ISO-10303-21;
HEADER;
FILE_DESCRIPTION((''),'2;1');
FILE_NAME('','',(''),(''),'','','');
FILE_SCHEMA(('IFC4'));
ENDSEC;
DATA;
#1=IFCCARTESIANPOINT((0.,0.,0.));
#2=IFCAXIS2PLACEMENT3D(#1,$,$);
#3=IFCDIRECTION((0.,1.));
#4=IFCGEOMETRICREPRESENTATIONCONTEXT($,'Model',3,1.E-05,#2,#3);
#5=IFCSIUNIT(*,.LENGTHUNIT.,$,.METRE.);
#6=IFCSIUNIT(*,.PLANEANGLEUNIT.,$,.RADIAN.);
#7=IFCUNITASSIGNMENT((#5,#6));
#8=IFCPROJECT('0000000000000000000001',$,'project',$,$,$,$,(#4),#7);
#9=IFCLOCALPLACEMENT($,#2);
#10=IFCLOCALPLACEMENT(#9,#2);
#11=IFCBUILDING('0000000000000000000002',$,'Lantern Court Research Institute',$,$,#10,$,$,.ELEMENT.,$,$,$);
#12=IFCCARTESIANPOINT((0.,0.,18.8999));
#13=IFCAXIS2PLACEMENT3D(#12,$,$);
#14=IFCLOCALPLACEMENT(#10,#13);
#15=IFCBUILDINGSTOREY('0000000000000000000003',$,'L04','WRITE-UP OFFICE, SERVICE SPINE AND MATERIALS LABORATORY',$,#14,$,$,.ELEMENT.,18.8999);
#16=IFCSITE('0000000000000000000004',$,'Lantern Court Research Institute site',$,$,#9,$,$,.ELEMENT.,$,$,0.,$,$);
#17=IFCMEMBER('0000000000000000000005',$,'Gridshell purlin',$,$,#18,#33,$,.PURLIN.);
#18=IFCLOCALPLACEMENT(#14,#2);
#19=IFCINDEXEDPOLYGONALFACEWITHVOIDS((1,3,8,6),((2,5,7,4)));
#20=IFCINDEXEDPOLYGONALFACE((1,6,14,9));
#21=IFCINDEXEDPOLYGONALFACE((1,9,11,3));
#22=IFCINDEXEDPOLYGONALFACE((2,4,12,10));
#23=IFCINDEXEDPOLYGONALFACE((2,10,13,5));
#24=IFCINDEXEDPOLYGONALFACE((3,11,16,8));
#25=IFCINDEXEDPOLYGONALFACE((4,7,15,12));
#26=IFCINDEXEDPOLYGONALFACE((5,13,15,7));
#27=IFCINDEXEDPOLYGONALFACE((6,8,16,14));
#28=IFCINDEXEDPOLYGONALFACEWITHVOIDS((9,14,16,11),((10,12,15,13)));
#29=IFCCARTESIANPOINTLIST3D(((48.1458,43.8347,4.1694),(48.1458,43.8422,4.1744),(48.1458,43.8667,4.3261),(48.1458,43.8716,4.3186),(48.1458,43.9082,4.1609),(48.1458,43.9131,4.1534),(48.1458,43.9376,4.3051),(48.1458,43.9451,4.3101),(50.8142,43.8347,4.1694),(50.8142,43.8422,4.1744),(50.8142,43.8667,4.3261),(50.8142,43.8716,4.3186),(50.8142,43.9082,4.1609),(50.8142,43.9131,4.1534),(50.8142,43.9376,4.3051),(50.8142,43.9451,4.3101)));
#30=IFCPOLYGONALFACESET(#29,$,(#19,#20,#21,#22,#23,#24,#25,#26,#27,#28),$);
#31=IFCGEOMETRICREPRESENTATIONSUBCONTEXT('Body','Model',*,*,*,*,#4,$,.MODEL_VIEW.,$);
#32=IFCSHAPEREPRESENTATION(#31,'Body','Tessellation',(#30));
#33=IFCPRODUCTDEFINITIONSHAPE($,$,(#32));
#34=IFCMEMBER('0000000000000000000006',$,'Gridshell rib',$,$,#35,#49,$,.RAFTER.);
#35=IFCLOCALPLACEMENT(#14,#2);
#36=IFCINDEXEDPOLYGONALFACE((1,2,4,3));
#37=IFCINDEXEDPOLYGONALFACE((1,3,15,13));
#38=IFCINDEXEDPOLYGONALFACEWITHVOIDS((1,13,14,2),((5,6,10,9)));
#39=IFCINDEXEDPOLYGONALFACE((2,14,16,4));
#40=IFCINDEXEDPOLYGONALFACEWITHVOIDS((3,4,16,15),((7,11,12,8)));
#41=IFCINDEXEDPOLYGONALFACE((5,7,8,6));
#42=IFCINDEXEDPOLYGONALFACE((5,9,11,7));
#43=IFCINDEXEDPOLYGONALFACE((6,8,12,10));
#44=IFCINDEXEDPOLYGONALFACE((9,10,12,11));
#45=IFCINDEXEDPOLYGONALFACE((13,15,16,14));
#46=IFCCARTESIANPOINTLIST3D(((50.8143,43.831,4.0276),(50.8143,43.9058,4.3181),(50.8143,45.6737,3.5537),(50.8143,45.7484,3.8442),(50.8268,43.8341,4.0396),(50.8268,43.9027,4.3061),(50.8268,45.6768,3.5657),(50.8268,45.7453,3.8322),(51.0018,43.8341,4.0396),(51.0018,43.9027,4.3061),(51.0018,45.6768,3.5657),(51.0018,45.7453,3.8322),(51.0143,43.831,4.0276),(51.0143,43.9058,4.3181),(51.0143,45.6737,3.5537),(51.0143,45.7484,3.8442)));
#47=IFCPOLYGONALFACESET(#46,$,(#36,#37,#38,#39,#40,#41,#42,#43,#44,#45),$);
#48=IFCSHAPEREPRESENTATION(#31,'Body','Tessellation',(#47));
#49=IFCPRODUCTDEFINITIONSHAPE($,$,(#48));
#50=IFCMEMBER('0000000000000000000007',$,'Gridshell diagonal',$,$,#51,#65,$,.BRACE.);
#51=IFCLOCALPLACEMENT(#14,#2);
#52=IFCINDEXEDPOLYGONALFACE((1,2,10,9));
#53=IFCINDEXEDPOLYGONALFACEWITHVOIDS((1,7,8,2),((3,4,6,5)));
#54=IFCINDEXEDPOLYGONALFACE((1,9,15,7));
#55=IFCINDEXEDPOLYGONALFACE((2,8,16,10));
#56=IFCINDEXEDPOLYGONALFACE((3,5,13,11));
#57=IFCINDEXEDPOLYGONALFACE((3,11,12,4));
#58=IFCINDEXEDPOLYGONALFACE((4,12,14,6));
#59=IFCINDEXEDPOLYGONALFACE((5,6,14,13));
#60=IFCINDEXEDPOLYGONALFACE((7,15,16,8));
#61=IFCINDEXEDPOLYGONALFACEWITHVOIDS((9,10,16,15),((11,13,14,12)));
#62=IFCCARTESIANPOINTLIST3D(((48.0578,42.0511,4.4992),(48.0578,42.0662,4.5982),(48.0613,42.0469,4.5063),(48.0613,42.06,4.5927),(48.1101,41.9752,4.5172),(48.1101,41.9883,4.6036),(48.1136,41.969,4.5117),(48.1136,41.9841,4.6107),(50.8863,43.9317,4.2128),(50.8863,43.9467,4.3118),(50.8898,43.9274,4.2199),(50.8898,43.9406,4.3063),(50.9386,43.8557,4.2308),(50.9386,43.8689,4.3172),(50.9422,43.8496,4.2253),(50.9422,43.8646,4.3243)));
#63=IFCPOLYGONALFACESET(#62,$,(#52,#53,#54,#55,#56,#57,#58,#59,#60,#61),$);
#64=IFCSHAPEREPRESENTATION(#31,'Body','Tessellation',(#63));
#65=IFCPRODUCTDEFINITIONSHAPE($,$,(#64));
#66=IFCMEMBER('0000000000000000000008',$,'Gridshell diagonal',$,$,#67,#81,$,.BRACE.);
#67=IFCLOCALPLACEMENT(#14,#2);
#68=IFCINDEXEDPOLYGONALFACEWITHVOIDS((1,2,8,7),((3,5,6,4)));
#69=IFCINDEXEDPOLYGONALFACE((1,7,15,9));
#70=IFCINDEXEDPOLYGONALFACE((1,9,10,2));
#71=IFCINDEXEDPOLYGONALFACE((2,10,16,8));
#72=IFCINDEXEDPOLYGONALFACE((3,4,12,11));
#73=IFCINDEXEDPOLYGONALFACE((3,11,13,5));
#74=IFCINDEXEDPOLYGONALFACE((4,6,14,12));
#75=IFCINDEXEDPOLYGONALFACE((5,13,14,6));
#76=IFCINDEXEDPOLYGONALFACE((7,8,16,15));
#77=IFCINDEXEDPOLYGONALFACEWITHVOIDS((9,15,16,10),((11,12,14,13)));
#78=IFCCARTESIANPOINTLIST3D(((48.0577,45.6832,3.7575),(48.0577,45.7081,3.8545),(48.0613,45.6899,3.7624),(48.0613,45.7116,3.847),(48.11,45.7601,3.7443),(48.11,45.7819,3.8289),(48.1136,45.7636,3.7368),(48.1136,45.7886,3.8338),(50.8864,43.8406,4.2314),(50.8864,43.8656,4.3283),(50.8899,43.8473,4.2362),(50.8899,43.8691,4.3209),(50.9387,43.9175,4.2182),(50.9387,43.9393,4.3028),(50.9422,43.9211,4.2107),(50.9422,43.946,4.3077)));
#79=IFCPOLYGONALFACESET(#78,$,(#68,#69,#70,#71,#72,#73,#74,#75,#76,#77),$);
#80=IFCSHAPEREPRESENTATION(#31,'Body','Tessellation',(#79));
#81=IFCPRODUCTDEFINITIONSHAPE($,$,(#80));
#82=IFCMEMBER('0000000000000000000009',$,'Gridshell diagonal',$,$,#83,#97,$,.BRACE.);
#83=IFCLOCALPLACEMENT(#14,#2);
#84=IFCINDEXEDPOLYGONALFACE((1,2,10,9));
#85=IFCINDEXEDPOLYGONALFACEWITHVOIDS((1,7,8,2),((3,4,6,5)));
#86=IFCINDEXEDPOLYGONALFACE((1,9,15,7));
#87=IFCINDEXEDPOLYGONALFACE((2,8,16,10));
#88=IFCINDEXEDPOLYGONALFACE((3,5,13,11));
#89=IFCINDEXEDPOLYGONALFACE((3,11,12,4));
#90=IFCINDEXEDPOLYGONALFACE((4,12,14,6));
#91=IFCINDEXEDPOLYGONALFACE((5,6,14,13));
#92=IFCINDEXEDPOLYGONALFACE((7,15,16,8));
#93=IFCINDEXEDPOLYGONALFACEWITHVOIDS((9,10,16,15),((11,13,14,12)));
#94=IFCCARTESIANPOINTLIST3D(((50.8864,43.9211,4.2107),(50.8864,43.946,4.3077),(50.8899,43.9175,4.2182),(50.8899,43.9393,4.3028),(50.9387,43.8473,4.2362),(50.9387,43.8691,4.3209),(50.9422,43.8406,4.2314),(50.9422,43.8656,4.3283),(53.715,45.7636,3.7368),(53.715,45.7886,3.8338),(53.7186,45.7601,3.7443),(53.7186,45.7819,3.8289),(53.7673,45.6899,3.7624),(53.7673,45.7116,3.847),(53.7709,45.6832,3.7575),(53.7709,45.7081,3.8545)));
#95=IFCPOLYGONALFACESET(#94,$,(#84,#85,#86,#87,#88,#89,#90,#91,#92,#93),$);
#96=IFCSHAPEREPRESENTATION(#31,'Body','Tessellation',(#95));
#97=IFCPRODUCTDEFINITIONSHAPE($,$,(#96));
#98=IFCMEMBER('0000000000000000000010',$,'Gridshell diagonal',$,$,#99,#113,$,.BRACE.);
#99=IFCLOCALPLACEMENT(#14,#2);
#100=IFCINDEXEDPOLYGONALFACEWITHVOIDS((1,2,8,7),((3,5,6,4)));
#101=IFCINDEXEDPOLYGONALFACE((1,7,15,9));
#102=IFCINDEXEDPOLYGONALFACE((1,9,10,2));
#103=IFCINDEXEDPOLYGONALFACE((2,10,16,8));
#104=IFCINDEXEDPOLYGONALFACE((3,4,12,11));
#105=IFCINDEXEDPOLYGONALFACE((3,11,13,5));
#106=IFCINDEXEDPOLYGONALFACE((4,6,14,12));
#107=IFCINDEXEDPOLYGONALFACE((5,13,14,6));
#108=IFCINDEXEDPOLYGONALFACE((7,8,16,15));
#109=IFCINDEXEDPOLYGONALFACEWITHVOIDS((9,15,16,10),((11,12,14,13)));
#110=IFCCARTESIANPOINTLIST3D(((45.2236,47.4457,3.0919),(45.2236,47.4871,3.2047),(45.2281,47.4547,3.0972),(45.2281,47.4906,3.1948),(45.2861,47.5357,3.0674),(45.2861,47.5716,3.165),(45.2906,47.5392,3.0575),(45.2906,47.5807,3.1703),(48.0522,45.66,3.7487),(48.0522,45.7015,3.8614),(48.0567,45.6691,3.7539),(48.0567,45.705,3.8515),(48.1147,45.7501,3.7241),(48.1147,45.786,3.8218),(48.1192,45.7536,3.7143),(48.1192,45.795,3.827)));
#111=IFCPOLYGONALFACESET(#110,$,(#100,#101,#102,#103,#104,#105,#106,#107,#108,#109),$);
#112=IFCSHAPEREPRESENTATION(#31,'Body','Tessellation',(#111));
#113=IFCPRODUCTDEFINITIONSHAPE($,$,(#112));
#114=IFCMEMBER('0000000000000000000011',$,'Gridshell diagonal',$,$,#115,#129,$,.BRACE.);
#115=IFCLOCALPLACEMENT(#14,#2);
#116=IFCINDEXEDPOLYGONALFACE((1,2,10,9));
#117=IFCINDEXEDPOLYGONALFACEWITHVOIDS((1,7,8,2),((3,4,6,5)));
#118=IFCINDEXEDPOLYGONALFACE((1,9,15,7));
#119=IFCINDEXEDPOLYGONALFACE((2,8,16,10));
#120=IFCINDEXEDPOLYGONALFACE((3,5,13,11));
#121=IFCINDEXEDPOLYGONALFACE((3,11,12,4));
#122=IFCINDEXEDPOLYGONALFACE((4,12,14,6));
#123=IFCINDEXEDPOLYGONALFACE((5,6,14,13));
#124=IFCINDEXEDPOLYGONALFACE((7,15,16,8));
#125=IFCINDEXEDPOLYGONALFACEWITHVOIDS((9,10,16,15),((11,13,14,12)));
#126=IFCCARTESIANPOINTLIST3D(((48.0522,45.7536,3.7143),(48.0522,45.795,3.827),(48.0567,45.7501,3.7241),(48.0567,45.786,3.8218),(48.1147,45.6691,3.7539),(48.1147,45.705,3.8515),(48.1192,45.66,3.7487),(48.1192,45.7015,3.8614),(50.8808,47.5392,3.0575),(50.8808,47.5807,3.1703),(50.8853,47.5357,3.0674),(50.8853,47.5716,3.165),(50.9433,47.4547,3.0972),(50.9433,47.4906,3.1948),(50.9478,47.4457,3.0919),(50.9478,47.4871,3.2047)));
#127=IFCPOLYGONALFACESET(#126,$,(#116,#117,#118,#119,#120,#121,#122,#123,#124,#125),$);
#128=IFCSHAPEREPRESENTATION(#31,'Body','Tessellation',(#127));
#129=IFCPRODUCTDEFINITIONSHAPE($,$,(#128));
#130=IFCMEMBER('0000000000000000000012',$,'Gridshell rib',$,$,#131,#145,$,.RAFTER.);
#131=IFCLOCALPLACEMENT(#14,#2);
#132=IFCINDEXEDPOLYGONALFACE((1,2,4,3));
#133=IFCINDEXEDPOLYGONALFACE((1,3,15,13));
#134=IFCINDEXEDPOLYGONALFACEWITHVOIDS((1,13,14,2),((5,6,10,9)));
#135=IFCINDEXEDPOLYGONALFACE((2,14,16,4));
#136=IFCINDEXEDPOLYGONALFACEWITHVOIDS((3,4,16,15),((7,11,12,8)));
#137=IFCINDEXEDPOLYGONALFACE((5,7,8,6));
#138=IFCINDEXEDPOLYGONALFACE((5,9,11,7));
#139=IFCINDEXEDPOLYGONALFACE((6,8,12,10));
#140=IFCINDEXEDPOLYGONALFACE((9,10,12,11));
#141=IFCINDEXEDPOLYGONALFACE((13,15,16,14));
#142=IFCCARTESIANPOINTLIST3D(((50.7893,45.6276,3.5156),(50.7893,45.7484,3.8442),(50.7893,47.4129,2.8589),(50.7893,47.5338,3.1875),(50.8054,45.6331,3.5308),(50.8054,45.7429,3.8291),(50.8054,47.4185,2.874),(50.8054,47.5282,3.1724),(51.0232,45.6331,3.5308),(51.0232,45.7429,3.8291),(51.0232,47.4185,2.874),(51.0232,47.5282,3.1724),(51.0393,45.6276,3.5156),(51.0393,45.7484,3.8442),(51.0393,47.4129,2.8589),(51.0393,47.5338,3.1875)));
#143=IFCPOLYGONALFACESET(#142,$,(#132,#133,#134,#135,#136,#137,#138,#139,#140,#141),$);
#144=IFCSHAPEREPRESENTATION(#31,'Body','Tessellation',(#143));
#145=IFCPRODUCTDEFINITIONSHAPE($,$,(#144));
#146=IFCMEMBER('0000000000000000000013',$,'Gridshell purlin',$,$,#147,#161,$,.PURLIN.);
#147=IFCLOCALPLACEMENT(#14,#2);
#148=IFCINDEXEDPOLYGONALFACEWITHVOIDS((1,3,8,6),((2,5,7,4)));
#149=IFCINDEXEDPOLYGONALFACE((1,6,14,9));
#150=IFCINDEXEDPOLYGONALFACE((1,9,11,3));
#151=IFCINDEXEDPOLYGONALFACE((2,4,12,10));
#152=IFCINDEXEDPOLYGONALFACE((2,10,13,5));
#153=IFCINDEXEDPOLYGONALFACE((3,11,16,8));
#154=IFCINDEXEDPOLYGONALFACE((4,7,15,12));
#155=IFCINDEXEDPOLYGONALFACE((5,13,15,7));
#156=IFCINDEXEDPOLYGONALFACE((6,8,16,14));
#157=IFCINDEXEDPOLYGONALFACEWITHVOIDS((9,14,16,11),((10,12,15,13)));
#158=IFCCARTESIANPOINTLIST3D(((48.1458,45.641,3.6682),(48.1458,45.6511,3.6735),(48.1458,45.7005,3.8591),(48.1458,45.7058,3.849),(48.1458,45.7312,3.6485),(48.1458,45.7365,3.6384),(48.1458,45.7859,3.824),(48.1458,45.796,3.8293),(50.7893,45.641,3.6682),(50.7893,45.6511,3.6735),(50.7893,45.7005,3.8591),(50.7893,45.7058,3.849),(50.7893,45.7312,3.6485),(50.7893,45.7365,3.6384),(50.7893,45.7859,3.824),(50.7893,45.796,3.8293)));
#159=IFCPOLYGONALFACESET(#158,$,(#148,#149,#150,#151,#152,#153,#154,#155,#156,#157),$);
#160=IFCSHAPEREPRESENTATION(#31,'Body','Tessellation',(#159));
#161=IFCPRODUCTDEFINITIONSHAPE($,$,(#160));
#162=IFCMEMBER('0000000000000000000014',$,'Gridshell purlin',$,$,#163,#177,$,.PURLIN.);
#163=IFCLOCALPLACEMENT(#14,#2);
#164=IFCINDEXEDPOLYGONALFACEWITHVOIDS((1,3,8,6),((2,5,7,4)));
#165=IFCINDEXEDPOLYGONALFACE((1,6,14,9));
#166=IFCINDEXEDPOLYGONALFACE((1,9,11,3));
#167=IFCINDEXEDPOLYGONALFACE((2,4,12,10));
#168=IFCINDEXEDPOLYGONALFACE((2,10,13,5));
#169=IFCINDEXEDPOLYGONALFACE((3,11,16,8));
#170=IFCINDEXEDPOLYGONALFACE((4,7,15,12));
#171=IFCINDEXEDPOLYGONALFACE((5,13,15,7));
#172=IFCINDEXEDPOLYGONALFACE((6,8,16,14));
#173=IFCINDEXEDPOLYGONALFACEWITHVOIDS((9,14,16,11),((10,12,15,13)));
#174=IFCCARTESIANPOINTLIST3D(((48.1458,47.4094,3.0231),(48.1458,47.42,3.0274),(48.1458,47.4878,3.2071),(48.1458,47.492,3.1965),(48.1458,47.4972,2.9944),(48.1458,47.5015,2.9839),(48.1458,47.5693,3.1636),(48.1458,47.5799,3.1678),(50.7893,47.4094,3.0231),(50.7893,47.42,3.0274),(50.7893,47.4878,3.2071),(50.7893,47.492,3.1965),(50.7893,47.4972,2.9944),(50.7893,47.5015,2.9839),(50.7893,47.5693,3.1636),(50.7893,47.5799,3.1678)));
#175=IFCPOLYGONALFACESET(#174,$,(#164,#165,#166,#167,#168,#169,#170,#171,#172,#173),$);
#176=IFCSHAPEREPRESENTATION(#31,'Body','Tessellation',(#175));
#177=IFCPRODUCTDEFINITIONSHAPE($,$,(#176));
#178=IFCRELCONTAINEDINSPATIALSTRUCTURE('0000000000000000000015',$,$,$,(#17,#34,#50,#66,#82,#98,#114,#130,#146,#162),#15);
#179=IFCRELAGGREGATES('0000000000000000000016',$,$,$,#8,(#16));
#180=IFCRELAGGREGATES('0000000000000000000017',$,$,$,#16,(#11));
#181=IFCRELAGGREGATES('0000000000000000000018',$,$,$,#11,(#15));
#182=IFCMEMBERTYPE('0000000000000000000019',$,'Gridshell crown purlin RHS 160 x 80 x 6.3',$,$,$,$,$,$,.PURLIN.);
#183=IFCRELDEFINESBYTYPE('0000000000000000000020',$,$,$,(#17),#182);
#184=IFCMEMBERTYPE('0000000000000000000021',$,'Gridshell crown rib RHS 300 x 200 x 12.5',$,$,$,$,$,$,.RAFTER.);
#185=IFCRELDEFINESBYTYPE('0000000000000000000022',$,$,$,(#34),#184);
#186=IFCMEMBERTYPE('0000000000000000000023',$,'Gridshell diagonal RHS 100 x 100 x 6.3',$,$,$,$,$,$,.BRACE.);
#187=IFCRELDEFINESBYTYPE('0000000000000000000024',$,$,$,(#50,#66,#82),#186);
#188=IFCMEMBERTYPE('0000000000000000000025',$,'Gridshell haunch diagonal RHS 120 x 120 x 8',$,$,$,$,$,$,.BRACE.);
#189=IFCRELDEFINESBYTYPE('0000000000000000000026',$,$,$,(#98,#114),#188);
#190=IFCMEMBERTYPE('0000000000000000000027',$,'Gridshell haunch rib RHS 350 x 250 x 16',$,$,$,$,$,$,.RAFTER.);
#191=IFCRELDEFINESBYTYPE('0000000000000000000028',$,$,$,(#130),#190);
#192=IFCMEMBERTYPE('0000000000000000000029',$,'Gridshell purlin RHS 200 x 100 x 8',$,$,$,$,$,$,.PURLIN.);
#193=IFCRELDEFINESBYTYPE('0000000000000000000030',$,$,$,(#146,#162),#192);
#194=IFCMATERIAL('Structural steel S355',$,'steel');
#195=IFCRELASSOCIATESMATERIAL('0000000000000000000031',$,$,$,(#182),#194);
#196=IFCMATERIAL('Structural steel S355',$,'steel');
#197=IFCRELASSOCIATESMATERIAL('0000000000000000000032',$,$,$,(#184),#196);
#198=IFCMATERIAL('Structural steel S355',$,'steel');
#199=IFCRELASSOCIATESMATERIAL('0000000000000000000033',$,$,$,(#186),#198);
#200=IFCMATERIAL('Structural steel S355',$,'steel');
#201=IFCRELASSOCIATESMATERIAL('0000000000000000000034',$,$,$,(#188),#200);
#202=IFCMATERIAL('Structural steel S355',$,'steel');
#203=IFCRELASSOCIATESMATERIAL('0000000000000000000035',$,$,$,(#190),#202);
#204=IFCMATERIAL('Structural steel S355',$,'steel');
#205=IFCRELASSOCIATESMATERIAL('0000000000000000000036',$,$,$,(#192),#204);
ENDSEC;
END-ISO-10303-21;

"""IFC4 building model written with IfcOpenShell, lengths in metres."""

from ifc_helpers import new_model, si_unit, direction, frame, origin, origin_2d, place, context, subcontext, project, spatial, hollow_rectangle, extrude, material, material_profile, profile_set, type_object, element, save


model = new_model("IFC4")

# Units and contexts
model_context = context("Model", 3, precision=1e-05, world=origin(), true_north=direction((0.0, 1.0)))
body_context = subcontext(model_context, "Body", "Model", "MODEL_VIEW")
ifc_project = project(units=[si_unit("LENGTHUNIT", "METRE"), si_unit("PLANEANGLEUNIT", "RADIAN")], contexts=[model_context])

# Site, building, storey
site_placement = place(None, origin())
site = spatial("IfcSite", under=ifc_project, at=site_placement, Name="Lantern Court Research Institute site", CompositionType="ELEMENT", RefElevation=0.0)
building_placement = place(site_placement, origin())
building = spatial("IfcBuilding", under=site, at=building_placement, Name="Lantern Court Research Institute", CompositionType="ELEMENT")
storey_placement = place(building_placement, frame((0.0, 0.0, 18.8999)))
storey = spatial("IfcBuildingStorey", under=building, at=storey_placement, Name="L04", Description="WRITE-UP OFFICE, SERVICE SPINE AND MATERIALS LABORATORY", CompositionType="ELEMENT", Elevation=18.8999)

# Members
ifc_material_1 = material(Name="Structural steel S355", Category="steel")
ifc_material_profile_1 = material_profile(ifc_material_1, hollow_rectangle(XDim=0.0801, YDim=0.1599, WallThickness=0.0063, at=origin_2d()), Name="Gridshell crown purlin RHS 160 x 80 x 6.3")
ifc_profile_set_1 = profile_set([ifc_material_profile_1], Name="Structural steel S355")
member_type_1 = type_object("IfcMemberType", Name="Gridshell crown purlin RHS 160 x 80 x 6.3", PredefinedType="PURLIN", material=ifc_profile_set_1)
member_1_placement = place(storey_placement, frame((48.1458, 43.8899, 4.2397), z_axis=(1.0, 0.0, 0.0), x_axis=(0.0, 0.979787, -0.200043)))
element("IfcMember", 1, at=member_1_placement, inside=storey, type_object=member_type_1, Name="Gridshell purlin", PredefinedType="PURLIN", context=body_context, shape_type="SweptSolid", body=[
    extrude(hollow_rectangle(XDim=0.0801, YDim=0.1599, WallThickness=0.0063, at=origin_2d()), origin(), (0.0, 0.0, 1.0), 2.6685),
])
ifc_material_2 = material(Name="Structural steel S355", Category="steel")
ifc_material_profile_2 = material_profile(ifc_material_2, hollow_rectangle(XDim=0.2, YDim=0.3, WallThickness=0.0125, at=origin_2d()), Name="Gridshell crown rib RHS 300 x 200 x 12.5")
ifc_profile_set_2 = profile_set([ifc_material_profile_2], Name="Structural steel S355")
member_type_2 = type_object("IfcMemberType", Name="Gridshell crown rib RHS 300 x 200 x 12.5", PredefinedType="RAFTER", material=ifc_profile_set_2)
member_2_placement = place(storey_placement, frame((50.9143, 43.8684, 4.1729), z_axis=(0.0, 0.968482, -0.249082), x_axis=(-1.0, 0.0, 0.0)))
element("IfcMember", 2, at=member_2_placement, inside=storey, type_object=member_type_2, Name="Gridshell rib", PredefinedType="RAFTER", context=body_context, shape_type="SweptSolid", body=[
    extrude(hollow_rectangle(XDim=0.2, YDim=0.3, WallThickness=0.0125, at=origin_2d()), origin(), (0.0, 0.0, 1.0), 1.9026),
])
ifc_material_3 = material(Name="Structural steel S355", Category="steel")
ifc_material_profile_3 = material_profile(ifc_material_3, hollow_rectangle(XDim=0.1001, YDim=0.1001, WallThickness=0.0063, at=origin_2d()), Name="Gridshell diagonal RHS 100 x 100 x 6.3")
ifc_profile_set_3 = profile_set([ifc_material_profile_3], Name="Structural steel S355")
member_type_3 = type_object("IfcMemberType", Name="Gridshell diagonal RHS 100 x 100 x 6.3", PredefinedType="BRACE", material=ifc_profile_set_3)
member_3_placement = place(storey_placement, frame((48.0857, 42.0176, 4.5549), z_axis=(0.829802, 0.551698, -0.084012), x_axis=(-0.558057, 0.820354, -0.124863)))
element("IfcMember", 3, at=member_3_placement, inside=storey, type_object=member_type_3, Name="Gridshell diagonal", PredefinedType="BRACE", context=body_context, shape_type="SweptSolid", body=[
    extrude(hollow_rectangle(XDim=0.1001, YDim=0.1001, WallThickness=0.0063, at=origin_2d()), origin(), (0.0, 0.0, 1.0), 3.4087),
])
for number, where, z_axis, x_axis, name in (
    (4, (50.9143, 43.8933, 4.2695), (-0.829776, 0.540507, -0.139012), (-0.558097, -0.803619, 0.206699), "Gridshell diagonal"),
    (5, (50.9143, 43.8933, 4.2695), (0.829776, 0.540507, -0.139012), (-0.558097, 0.803619, -0.206699), "Gridshell diagonal"),
):
    element("IfcMember", number, at=place(storey_placement, frame(where, z_axis=z_axis, x_axis=x_axis)), inside=storey, type_object=member_type_3, Name=name, PredefinedType="BRACE", context=body_context, shape_type="SweptSolid", body=[
        extrude(hollow_rectangle(XDim=0.1001, YDim=0.1001, WallThickness=0.0063, at=origin_2d()), origin(), (0.0, 0.0, 1.0), 3.4089),
    ])
ifc_material_4 = material(Name="Structural steel S355", Category="steel")
ifc_material_profile_4 = material_profile(ifc_material_4, hollow_rectangle(XDim=0.1201, YDim=0.1201, WallThickness=0.0081, at=origin_2d()), Name="Gridshell haunch diagonal RHS 120 x 120 x 8")
ifc_profile_set_4 = profile_set([ifc_material_profile_4], Name="Structural steel S355")
member_type_4 = type_object("IfcMemberType", Name="Gridshell haunch diagonal RHS 120 x 120 x 8", PredefinedType="BRACE", material=ifc_profile_set_4)
for number, where, z_axis, x_axis, name in (
    (6, (48.0857, 45.7275, 3.7878), (-0.829763, 0.523812, -0.192652), (-0.558116, -0.778754, 0.28644), "Gridshell diagonal"),
    (7, (48.0857, 45.7275, 3.7878), (0.829763, 0.523812, -0.192652), (-0.558116, 0.778754, -0.28644), "Gridshell diagonal"),
):
    element("IfcMember", number, at=place(storey_placement, frame(where, z_axis=z_axis, x_axis=x_axis)), inside=storey, type_object=member_type_4, Name=name, PredefinedType="BRACE", context=body_context, shape_type="SweptSolid", body=[
        extrude(hollow_rectangle(XDim=0.1201, YDim=0.1201, WallThickness=0.0081, at=origin_2d()), origin(), (0.0, 0.0, 1.0), 3.4089),
    ])
ifc_material_5 = material(Name="Structural steel S355", Category="steel")
ifc_material_profile_5 = material_profile(ifc_material_5, hollow_rectangle(XDim=0.25, YDim=0.3501, WallThickness=0.0161, at=origin_2d()), Name="Gridshell haunch rib RHS 350 x 250 x 16")
ifc_profile_set_5 = profile_set([ifc_material_profile_5], Name="Structural steel S355")
member_type_5 = type_object("IfcMemberType", Name="Gridshell haunch rib RHS 350 x 250 x 16", PredefinedType="RAFTER", material=ifc_profile_set_5)
member_4_placement = place(storey_placement, frame((50.9143, 45.688, 3.6799), z_axis=(0.0, 0.93852, -0.345224), x_axis=(-1.0, 0.0, 0.0)))
element("IfcMember", 8, at=member_4_placement, inside=storey, type_object=member_type_5, Name="Gridshell rib", PredefinedType="RAFTER", context=body_context, shape_type="SweptSolid", body=[
    extrude(hollow_rectangle(XDim=0.25, YDim=0.3501, WallThickness=0.0161, at=origin_2d()), origin(), (0.0, 0.0, 1.0), 1.9023),
])
ifc_material_6 = material(Name="Structural steel S355", Category="steel")
ifc_material_profile_6 = material_profile(ifc_material_6, hollow_rectangle(XDim=0.1001, YDim=0.2, WallThickness=0.0081, at=origin_2d()), Name="Gridshell purlin RHS 200 x 100 x 8")
ifc_profile_set_6 = profile_set([ifc_material_profile_6], Name="Structural steel S355")
member_type_6 = type_object("IfcMemberType", Name="Gridshell purlin RHS 200 x 100 x 8", PredefinedType="PURLIN", material=ifc_profile_set_6)
for number, where, z_axis, x_axis, name in (
    (9, (48.1458, 45.7185, 3.7488), (1.0, 0.0, 0.0), (0.0, 0.954713, -0.297528), "Gridshell purlin"),
    (10, (48.1458, 47.4946, 3.0955), (1.0, 0.0, 0.0), (0.0, 0.919966, -0.391999), "Gridshell purlin"),
):
    element("IfcMember", number, at=place(storey_placement, frame(where, z_axis=z_axis, x_axis=x_axis)), inside=storey, type_object=member_type_6, Name=name, PredefinedType="PURLIN", context=body_context, shape_type="SweptSolid", body=[
        extrude(hollow_rectangle(XDim=0.1001, YDim=0.2, WallThickness=0.0081, at=origin_2d()), origin(), (0.0, 0.0, 1.0), 2.6436),
    ])

save(model, "model.ifc")
